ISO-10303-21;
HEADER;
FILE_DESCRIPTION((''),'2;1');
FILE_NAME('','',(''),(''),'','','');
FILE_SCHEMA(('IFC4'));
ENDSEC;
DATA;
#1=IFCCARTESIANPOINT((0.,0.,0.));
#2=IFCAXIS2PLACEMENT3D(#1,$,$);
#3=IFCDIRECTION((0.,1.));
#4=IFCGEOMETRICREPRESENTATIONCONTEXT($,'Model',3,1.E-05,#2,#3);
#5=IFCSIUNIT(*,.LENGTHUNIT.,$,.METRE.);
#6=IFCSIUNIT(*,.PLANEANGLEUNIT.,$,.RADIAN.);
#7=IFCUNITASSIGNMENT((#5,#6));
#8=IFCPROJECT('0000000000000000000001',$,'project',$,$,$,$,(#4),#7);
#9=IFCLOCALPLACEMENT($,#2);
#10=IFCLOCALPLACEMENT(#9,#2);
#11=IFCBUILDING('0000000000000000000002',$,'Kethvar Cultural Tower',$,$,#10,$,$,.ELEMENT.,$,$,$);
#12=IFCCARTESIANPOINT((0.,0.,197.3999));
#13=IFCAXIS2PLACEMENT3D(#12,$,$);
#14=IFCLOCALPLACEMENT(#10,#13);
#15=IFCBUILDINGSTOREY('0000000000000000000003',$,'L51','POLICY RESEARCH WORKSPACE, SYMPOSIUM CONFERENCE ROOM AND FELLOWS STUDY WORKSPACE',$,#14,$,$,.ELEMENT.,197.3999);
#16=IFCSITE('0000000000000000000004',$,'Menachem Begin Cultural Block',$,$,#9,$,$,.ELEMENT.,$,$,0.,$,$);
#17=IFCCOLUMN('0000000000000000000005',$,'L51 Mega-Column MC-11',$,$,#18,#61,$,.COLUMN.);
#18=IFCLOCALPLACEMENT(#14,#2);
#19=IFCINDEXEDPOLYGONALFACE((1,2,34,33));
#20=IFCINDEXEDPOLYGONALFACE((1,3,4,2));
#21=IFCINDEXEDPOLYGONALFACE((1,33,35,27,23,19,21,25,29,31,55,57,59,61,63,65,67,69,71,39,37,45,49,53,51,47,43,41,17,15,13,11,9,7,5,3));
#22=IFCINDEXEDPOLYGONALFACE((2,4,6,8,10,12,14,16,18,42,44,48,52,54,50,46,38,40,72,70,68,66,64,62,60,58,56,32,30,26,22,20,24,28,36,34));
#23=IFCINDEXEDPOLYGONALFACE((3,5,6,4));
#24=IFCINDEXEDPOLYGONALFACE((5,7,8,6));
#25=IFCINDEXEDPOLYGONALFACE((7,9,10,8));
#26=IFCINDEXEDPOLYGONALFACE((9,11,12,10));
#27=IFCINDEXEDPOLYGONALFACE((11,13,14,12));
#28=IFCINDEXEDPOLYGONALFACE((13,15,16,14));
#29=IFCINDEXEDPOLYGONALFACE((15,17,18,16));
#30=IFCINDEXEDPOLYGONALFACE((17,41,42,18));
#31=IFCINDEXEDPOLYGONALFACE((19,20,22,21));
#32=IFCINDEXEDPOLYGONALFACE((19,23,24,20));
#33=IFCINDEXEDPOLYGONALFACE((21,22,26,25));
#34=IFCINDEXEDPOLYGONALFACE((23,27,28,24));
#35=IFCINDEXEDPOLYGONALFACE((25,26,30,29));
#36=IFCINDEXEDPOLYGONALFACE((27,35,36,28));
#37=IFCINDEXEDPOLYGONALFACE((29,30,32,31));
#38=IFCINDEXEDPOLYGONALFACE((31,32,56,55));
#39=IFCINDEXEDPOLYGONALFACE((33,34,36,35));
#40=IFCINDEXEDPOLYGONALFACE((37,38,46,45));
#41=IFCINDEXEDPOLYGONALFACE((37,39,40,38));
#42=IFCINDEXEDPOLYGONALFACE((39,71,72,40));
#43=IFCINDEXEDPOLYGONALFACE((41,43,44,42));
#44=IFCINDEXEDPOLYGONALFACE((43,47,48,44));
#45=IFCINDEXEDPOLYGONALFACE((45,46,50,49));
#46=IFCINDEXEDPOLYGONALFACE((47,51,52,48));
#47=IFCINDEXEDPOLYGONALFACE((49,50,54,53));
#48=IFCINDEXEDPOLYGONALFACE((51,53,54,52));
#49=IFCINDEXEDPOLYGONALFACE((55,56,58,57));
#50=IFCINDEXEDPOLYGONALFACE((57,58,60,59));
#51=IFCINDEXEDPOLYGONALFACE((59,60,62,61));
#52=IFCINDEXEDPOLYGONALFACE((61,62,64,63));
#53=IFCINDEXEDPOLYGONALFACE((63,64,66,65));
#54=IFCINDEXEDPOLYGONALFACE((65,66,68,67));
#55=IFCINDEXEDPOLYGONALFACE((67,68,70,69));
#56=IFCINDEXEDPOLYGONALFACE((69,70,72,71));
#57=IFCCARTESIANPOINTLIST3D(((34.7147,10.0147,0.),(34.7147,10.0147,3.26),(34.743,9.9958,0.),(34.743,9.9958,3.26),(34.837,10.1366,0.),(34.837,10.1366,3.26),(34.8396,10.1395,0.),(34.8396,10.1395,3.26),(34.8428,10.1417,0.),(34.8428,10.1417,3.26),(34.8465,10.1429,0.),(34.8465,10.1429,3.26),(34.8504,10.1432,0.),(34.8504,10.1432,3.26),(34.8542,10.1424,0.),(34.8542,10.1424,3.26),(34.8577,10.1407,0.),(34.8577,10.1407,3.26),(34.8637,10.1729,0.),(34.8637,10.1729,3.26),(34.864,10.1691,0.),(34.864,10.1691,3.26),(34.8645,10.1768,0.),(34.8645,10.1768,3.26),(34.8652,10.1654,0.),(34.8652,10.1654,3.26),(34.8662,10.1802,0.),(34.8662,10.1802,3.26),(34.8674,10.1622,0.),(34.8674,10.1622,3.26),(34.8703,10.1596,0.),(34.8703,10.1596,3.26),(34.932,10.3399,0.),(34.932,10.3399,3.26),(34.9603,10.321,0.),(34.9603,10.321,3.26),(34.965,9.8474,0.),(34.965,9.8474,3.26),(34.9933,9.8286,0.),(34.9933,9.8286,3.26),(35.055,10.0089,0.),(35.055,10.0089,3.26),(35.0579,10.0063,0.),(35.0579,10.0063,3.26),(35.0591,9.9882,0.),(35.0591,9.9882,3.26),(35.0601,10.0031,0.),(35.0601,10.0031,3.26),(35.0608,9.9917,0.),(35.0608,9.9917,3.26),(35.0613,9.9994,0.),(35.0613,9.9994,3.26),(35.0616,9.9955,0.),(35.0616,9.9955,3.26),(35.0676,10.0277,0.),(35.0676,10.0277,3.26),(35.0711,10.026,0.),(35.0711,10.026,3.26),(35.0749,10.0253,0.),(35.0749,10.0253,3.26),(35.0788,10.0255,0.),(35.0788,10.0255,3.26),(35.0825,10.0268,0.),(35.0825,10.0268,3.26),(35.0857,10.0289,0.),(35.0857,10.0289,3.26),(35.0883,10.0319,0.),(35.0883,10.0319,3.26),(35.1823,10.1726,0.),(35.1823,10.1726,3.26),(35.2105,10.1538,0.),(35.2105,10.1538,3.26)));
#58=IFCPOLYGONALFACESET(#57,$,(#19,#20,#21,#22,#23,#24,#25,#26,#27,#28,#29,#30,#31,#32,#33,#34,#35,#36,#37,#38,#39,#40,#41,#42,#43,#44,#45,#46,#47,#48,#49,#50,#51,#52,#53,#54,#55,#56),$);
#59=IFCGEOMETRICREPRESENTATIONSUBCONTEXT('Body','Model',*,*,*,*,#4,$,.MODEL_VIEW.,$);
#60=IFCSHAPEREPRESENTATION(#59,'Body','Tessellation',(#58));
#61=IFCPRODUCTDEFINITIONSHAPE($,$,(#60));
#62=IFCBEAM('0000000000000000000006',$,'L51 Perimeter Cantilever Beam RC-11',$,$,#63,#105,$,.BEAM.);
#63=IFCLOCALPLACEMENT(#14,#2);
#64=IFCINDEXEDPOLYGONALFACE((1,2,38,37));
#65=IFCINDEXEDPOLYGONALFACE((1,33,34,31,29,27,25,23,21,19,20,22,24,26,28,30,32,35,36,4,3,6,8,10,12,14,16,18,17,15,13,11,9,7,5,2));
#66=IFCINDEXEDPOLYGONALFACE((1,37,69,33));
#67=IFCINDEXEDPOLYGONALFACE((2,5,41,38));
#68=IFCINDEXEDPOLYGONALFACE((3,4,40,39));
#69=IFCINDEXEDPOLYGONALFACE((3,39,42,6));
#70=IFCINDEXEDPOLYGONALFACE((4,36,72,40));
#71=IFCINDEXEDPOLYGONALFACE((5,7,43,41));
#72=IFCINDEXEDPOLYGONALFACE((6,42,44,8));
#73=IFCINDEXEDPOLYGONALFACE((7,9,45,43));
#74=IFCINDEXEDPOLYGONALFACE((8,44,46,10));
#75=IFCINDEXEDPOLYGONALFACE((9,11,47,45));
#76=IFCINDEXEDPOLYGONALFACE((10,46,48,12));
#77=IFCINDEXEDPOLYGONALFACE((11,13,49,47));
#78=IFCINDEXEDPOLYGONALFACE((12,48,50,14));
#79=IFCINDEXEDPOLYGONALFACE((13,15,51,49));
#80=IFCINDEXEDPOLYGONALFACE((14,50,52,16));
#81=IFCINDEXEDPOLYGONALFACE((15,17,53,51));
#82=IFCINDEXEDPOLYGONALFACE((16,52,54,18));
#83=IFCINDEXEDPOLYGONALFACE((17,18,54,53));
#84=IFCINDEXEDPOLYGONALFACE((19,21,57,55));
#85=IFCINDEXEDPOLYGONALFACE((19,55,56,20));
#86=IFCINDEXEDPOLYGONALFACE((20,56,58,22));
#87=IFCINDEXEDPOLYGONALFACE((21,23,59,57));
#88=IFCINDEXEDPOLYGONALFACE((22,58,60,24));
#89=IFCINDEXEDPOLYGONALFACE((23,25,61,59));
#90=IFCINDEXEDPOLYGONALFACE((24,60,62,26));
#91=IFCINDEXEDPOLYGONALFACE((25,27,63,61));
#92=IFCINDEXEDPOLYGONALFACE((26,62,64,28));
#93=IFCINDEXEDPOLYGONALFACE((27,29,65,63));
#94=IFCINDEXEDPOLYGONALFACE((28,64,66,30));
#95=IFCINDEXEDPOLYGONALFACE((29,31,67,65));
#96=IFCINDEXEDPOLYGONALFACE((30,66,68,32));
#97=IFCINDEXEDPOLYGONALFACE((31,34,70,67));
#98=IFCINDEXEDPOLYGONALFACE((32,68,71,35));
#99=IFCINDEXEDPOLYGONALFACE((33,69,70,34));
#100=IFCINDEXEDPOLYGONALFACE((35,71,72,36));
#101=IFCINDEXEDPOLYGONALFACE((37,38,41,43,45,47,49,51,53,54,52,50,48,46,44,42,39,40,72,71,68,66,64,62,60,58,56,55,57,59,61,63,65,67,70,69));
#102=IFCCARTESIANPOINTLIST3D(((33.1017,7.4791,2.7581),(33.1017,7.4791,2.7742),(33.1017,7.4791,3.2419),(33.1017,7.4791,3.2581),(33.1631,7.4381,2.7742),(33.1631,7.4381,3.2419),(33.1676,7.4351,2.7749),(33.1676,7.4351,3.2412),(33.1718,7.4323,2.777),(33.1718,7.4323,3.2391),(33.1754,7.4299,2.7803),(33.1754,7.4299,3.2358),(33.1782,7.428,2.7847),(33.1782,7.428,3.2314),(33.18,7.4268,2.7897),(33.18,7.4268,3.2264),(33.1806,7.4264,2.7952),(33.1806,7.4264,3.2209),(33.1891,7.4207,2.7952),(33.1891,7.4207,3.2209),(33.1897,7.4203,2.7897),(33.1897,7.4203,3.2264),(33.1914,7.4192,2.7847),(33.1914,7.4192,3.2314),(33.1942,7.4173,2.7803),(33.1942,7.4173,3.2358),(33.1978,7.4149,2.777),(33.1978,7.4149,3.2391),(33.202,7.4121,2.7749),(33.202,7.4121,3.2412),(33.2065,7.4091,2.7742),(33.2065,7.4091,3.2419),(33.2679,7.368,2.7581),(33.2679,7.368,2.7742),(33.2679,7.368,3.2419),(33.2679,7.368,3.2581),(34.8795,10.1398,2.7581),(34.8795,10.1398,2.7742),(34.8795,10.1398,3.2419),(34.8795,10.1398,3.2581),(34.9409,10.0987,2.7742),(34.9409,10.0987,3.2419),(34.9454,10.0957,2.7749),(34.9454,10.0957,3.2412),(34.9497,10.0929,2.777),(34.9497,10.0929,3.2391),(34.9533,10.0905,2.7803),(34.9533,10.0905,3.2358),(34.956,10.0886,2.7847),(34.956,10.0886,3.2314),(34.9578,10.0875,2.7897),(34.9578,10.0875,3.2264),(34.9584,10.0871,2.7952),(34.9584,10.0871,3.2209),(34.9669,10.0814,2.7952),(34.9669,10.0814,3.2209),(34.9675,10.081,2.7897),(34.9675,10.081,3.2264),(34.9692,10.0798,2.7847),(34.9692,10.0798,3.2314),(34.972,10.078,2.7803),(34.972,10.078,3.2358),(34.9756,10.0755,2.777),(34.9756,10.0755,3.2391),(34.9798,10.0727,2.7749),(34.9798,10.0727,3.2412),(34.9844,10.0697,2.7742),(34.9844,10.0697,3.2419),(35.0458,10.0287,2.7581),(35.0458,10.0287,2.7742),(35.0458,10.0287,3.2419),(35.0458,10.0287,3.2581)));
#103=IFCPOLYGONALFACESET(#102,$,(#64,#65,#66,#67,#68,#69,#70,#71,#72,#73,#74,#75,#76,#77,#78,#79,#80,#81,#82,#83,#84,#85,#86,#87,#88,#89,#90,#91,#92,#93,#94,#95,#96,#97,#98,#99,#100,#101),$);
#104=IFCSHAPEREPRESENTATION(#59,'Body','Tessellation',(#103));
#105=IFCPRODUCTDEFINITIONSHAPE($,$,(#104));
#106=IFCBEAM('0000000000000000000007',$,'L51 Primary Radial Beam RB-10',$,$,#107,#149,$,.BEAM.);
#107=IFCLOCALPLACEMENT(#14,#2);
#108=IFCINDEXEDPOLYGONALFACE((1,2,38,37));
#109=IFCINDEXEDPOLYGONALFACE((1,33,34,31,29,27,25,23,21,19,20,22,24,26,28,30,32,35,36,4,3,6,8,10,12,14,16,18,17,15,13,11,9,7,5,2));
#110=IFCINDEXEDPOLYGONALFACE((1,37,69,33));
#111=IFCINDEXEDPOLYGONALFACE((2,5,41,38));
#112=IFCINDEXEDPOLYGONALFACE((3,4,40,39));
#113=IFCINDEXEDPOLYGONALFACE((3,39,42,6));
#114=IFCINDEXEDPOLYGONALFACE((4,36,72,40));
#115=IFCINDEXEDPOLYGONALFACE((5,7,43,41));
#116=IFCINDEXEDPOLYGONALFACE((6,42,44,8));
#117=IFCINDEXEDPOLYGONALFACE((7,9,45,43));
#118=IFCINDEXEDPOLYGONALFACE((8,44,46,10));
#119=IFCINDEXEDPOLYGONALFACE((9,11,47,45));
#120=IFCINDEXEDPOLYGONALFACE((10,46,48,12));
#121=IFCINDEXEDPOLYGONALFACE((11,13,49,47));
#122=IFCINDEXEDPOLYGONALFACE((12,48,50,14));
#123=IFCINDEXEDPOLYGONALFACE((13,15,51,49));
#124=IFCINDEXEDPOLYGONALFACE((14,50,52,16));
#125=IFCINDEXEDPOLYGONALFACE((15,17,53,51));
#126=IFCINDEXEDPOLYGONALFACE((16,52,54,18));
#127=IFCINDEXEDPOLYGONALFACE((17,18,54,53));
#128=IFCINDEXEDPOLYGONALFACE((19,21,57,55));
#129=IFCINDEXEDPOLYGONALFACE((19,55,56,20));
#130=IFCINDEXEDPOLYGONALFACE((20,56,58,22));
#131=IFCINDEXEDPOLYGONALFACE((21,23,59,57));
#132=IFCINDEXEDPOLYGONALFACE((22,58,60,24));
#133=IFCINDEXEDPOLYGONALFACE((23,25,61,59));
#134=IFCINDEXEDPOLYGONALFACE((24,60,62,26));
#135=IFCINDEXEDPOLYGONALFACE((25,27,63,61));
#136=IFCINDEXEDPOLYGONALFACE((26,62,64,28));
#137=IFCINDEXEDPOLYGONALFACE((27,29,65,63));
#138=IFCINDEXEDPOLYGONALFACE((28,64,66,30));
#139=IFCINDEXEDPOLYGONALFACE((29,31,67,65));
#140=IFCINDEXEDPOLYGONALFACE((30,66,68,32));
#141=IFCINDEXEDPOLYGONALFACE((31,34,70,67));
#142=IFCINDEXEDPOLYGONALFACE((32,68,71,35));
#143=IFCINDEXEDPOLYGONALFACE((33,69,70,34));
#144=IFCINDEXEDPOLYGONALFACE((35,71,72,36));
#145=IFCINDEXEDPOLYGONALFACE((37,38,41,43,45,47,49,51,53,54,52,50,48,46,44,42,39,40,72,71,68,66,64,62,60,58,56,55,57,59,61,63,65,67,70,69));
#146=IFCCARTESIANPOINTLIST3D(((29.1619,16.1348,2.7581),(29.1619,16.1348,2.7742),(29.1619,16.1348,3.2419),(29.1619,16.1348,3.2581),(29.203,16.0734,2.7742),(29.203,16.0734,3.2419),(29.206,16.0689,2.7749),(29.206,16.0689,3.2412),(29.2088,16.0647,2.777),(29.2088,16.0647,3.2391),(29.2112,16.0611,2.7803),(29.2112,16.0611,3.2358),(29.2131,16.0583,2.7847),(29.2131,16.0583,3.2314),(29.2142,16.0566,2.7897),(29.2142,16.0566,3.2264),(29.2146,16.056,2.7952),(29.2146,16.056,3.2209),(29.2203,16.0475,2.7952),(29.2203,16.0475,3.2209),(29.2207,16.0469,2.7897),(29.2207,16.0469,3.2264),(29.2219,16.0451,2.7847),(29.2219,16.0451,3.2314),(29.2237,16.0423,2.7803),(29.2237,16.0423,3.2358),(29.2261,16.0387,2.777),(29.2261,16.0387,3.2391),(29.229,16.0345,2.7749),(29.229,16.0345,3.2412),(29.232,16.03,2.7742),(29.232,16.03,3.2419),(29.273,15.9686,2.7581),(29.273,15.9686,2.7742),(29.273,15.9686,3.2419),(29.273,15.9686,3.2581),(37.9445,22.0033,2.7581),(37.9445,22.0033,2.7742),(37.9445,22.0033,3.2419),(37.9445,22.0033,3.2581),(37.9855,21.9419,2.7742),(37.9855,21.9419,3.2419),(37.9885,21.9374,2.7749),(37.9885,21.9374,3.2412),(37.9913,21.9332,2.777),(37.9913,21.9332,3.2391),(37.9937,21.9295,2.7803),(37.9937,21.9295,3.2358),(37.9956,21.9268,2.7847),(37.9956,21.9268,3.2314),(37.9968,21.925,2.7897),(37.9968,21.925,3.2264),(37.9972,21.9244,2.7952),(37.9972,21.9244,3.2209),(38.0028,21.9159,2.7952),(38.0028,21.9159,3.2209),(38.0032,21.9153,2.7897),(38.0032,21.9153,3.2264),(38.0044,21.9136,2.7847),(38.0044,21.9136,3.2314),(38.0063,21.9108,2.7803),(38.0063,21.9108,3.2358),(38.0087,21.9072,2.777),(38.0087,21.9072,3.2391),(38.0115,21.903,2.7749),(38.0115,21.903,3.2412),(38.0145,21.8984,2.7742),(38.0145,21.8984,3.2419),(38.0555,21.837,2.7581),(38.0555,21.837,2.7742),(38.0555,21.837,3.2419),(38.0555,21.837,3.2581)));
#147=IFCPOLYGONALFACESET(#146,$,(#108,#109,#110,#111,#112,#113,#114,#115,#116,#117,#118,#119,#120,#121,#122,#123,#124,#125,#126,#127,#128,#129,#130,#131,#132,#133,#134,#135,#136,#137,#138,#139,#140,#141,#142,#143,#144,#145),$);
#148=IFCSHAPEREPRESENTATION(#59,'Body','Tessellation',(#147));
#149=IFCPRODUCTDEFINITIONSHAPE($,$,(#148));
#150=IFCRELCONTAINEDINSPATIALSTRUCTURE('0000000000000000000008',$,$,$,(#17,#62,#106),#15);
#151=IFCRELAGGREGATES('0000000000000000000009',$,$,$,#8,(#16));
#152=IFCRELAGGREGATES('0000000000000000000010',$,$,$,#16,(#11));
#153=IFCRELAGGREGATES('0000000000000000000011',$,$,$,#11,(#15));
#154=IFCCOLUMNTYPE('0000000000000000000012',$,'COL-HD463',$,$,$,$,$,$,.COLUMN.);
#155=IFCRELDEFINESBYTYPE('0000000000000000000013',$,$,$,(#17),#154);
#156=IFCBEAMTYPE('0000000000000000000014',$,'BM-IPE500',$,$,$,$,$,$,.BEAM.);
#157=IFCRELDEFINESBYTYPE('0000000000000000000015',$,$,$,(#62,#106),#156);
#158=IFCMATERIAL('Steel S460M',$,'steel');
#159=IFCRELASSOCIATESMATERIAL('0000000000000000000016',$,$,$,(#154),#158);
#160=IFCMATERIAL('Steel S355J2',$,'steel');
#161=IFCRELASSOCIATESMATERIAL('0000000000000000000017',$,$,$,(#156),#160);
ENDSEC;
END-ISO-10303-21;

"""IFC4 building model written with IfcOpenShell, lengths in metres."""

from ifc_helpers import new_model, si_unit, direction, frame, origin, origin_2d, place, context, subcontext, project, spatial, i_section, extrude, source, transform, mapped, material, material_profile, profile_set, type_object, element, save


model = new_model("IFC4")

# Units and contexts
model_context = context("Model", 3, precision=1e-05, world=origin(), true_north=direction((0.0, 1.0)))
body_context = subcontext(model_context, "Body", "Model", "MODEL_VIEW")
ifc_project = project(units=[si_unit("LENGTHUNIT", "METRE"), si_unit("PLANEANGLEUNIT", "RADIAN")], contexts=[model_context])

# Site, building, storey
site_placement = place(None, origin())
site = spatial("IfcSite", under=ifc_project, at=site_placement, Name="Menachem Begin Cultural Block", CompositionType="ELEMENT", RefElevation=0.0)
building_placement = place(site_placement, origin())
building = spatial("IfcBuilding", under=site, at=building_placement, Name="Kethvar Cultural Tower", CompositionType="ELEMENT")
storey_placement = place(building_placement, frame((0.0, 0.0, 197.3999)))
storey = spatial("IfcBuildingStorey", under=building, at=storey_placement, Name="L51", Description="POLICY RESEARCH WORKSPACE, SYMPOSIUM CONFERENCE ROOM AND FELLOWS STUDY WORKSPACE", CompositionType="ELEMENT", Elevation=197.3999)

# Column
ifc_material_1 = material(Name="Steel S460M", Category="steel")
ifc_material_profile_1 = material_profile(ifc_material_1, i_section(OverallWidth=0.3911, OverallDepth=0.335, WebThickness=0.0227, FlangeThickness=0.0339, FilletRadius=0.0149, at=origin_2d()), Name="Steel S460M — HD400x463")
ifc_profile_set_1 = profile_set([ifc_material_profile_1], Name="Steel S460M — HD400x463")
column_type = type_object("IfcColumnType", Name="COL-HD463", PredefinedType="COLUMN", material=ifc_profile_set_1)
shared_shape_1 = source(origin(), body_context, "Body", "SweptSolid", [
    extrude(i_section(OverallWidth=0.3911, OverallDepth=0.335, WebThickness=0.0227, FlangeThickness=0.0339, FilletRadius=0.0149, at=origin_2d()), origin(), (0.0, 0.0, 1.0), 3.26),
])
column_placement = place(storey_placement, frame((34.9626, 10.0842, 0.0), z_axis=(0.0, 0.0, 1.0), x_axis=(-0.55557, -0.83147, 0.0)))
element("IfcColumn", 1, at=column_placement, inside=storey, type_object=column_type, Name="L51 Mega-Column MC-11", PredefinedType="COLUMN", context=body_context, shape_type="MappedRepresentation", body=[
    mapped(shared_shape_1, transform((0.0, 0.0, 0.0), scale=1.0)),
])

# Beams
ifc_material_2 = material(Name="Steel S355J2", Category="steel")
ifc_material_profile_2 = material_profile(ifc_material_2, i_section(OverallWidth=0.2, OverallDepth=0.5, WebThickness=0.0103, FlangeThickness=0.0161, FilletRadius=0.021, at=origin_2d()), Name="Steel S355J2 — IPE500")
ifc_profile_set_2 = profile_set([ifc_material_profile_2], Name="Steel S355J2 — IPE500")
beam_type_1 = type_object("IfcBeamType", Name="BM-IPE500", PredefinedType="BEAM", material=ifc_profile_set_2)
shared_shape_2 = source(origin(), body_context, "Body", "SweptSolid", [
    extrude(i_section(OverallWidth=0.2, OverallDepth=0.5, WebThickness=0.0103, FlangeThickness=0.0161, FilletRadius=0.021, at=origin_2d()), origin(), (0.0, 0.0, 1.0), 3.2),
])
beam_1_placement = place(storey_placement, frame((34.9626, 10.0842, 3.0081), z_axis=(-0.55558, -0.831463, 0.0), x_axis=(0.831463, -0.55558, 0.0)))
element("IfcBeam", 2, at=beam_1_placement, inside=storey, type_object=beam_type_1, Name="L51 Perimeter Cantilever Beam RC-11", PredefinedType="BEAM", context=body_context, shape_type="MappedRepresentation", body=[
    mapped(shared_shape_2, transform((0.0, 0.0, 0.0), scale=1.0)),
])
shared_shape_3 = source(origin(), body_context, "Body", "SweptSolid", [
    extrude(i_section(OverallWidth=0.2, OverallDepth=0.5, WebThickness=0.0103, FlangeThickness=0.0161, FilletRadius=0.021, at=origin_2d()), origin(), (0.0, 0.0, 1.0), 10.5627),
])
beam_2_placement = place(storey_placement, frame((38.0, 21.9202, 3.0081), z_axis=(-0.831463, -0.55558, 0.0), x_axis=(0.55558, -0.831463, 0.0)))
element("IfcBeam", 3, at=beam_2_placement, inside=storey, type_object=beam_type_1, Name="L51 Primary Radial Beam RB-10", PredefinedType="BEAM", context=body_context, shape_type="MappedRepresentation", body=[
    mapped(shared_shape_3, transform((0.0, 0.0, 0.0), scale=1.0)),
])

save(model, "model.ifc")
